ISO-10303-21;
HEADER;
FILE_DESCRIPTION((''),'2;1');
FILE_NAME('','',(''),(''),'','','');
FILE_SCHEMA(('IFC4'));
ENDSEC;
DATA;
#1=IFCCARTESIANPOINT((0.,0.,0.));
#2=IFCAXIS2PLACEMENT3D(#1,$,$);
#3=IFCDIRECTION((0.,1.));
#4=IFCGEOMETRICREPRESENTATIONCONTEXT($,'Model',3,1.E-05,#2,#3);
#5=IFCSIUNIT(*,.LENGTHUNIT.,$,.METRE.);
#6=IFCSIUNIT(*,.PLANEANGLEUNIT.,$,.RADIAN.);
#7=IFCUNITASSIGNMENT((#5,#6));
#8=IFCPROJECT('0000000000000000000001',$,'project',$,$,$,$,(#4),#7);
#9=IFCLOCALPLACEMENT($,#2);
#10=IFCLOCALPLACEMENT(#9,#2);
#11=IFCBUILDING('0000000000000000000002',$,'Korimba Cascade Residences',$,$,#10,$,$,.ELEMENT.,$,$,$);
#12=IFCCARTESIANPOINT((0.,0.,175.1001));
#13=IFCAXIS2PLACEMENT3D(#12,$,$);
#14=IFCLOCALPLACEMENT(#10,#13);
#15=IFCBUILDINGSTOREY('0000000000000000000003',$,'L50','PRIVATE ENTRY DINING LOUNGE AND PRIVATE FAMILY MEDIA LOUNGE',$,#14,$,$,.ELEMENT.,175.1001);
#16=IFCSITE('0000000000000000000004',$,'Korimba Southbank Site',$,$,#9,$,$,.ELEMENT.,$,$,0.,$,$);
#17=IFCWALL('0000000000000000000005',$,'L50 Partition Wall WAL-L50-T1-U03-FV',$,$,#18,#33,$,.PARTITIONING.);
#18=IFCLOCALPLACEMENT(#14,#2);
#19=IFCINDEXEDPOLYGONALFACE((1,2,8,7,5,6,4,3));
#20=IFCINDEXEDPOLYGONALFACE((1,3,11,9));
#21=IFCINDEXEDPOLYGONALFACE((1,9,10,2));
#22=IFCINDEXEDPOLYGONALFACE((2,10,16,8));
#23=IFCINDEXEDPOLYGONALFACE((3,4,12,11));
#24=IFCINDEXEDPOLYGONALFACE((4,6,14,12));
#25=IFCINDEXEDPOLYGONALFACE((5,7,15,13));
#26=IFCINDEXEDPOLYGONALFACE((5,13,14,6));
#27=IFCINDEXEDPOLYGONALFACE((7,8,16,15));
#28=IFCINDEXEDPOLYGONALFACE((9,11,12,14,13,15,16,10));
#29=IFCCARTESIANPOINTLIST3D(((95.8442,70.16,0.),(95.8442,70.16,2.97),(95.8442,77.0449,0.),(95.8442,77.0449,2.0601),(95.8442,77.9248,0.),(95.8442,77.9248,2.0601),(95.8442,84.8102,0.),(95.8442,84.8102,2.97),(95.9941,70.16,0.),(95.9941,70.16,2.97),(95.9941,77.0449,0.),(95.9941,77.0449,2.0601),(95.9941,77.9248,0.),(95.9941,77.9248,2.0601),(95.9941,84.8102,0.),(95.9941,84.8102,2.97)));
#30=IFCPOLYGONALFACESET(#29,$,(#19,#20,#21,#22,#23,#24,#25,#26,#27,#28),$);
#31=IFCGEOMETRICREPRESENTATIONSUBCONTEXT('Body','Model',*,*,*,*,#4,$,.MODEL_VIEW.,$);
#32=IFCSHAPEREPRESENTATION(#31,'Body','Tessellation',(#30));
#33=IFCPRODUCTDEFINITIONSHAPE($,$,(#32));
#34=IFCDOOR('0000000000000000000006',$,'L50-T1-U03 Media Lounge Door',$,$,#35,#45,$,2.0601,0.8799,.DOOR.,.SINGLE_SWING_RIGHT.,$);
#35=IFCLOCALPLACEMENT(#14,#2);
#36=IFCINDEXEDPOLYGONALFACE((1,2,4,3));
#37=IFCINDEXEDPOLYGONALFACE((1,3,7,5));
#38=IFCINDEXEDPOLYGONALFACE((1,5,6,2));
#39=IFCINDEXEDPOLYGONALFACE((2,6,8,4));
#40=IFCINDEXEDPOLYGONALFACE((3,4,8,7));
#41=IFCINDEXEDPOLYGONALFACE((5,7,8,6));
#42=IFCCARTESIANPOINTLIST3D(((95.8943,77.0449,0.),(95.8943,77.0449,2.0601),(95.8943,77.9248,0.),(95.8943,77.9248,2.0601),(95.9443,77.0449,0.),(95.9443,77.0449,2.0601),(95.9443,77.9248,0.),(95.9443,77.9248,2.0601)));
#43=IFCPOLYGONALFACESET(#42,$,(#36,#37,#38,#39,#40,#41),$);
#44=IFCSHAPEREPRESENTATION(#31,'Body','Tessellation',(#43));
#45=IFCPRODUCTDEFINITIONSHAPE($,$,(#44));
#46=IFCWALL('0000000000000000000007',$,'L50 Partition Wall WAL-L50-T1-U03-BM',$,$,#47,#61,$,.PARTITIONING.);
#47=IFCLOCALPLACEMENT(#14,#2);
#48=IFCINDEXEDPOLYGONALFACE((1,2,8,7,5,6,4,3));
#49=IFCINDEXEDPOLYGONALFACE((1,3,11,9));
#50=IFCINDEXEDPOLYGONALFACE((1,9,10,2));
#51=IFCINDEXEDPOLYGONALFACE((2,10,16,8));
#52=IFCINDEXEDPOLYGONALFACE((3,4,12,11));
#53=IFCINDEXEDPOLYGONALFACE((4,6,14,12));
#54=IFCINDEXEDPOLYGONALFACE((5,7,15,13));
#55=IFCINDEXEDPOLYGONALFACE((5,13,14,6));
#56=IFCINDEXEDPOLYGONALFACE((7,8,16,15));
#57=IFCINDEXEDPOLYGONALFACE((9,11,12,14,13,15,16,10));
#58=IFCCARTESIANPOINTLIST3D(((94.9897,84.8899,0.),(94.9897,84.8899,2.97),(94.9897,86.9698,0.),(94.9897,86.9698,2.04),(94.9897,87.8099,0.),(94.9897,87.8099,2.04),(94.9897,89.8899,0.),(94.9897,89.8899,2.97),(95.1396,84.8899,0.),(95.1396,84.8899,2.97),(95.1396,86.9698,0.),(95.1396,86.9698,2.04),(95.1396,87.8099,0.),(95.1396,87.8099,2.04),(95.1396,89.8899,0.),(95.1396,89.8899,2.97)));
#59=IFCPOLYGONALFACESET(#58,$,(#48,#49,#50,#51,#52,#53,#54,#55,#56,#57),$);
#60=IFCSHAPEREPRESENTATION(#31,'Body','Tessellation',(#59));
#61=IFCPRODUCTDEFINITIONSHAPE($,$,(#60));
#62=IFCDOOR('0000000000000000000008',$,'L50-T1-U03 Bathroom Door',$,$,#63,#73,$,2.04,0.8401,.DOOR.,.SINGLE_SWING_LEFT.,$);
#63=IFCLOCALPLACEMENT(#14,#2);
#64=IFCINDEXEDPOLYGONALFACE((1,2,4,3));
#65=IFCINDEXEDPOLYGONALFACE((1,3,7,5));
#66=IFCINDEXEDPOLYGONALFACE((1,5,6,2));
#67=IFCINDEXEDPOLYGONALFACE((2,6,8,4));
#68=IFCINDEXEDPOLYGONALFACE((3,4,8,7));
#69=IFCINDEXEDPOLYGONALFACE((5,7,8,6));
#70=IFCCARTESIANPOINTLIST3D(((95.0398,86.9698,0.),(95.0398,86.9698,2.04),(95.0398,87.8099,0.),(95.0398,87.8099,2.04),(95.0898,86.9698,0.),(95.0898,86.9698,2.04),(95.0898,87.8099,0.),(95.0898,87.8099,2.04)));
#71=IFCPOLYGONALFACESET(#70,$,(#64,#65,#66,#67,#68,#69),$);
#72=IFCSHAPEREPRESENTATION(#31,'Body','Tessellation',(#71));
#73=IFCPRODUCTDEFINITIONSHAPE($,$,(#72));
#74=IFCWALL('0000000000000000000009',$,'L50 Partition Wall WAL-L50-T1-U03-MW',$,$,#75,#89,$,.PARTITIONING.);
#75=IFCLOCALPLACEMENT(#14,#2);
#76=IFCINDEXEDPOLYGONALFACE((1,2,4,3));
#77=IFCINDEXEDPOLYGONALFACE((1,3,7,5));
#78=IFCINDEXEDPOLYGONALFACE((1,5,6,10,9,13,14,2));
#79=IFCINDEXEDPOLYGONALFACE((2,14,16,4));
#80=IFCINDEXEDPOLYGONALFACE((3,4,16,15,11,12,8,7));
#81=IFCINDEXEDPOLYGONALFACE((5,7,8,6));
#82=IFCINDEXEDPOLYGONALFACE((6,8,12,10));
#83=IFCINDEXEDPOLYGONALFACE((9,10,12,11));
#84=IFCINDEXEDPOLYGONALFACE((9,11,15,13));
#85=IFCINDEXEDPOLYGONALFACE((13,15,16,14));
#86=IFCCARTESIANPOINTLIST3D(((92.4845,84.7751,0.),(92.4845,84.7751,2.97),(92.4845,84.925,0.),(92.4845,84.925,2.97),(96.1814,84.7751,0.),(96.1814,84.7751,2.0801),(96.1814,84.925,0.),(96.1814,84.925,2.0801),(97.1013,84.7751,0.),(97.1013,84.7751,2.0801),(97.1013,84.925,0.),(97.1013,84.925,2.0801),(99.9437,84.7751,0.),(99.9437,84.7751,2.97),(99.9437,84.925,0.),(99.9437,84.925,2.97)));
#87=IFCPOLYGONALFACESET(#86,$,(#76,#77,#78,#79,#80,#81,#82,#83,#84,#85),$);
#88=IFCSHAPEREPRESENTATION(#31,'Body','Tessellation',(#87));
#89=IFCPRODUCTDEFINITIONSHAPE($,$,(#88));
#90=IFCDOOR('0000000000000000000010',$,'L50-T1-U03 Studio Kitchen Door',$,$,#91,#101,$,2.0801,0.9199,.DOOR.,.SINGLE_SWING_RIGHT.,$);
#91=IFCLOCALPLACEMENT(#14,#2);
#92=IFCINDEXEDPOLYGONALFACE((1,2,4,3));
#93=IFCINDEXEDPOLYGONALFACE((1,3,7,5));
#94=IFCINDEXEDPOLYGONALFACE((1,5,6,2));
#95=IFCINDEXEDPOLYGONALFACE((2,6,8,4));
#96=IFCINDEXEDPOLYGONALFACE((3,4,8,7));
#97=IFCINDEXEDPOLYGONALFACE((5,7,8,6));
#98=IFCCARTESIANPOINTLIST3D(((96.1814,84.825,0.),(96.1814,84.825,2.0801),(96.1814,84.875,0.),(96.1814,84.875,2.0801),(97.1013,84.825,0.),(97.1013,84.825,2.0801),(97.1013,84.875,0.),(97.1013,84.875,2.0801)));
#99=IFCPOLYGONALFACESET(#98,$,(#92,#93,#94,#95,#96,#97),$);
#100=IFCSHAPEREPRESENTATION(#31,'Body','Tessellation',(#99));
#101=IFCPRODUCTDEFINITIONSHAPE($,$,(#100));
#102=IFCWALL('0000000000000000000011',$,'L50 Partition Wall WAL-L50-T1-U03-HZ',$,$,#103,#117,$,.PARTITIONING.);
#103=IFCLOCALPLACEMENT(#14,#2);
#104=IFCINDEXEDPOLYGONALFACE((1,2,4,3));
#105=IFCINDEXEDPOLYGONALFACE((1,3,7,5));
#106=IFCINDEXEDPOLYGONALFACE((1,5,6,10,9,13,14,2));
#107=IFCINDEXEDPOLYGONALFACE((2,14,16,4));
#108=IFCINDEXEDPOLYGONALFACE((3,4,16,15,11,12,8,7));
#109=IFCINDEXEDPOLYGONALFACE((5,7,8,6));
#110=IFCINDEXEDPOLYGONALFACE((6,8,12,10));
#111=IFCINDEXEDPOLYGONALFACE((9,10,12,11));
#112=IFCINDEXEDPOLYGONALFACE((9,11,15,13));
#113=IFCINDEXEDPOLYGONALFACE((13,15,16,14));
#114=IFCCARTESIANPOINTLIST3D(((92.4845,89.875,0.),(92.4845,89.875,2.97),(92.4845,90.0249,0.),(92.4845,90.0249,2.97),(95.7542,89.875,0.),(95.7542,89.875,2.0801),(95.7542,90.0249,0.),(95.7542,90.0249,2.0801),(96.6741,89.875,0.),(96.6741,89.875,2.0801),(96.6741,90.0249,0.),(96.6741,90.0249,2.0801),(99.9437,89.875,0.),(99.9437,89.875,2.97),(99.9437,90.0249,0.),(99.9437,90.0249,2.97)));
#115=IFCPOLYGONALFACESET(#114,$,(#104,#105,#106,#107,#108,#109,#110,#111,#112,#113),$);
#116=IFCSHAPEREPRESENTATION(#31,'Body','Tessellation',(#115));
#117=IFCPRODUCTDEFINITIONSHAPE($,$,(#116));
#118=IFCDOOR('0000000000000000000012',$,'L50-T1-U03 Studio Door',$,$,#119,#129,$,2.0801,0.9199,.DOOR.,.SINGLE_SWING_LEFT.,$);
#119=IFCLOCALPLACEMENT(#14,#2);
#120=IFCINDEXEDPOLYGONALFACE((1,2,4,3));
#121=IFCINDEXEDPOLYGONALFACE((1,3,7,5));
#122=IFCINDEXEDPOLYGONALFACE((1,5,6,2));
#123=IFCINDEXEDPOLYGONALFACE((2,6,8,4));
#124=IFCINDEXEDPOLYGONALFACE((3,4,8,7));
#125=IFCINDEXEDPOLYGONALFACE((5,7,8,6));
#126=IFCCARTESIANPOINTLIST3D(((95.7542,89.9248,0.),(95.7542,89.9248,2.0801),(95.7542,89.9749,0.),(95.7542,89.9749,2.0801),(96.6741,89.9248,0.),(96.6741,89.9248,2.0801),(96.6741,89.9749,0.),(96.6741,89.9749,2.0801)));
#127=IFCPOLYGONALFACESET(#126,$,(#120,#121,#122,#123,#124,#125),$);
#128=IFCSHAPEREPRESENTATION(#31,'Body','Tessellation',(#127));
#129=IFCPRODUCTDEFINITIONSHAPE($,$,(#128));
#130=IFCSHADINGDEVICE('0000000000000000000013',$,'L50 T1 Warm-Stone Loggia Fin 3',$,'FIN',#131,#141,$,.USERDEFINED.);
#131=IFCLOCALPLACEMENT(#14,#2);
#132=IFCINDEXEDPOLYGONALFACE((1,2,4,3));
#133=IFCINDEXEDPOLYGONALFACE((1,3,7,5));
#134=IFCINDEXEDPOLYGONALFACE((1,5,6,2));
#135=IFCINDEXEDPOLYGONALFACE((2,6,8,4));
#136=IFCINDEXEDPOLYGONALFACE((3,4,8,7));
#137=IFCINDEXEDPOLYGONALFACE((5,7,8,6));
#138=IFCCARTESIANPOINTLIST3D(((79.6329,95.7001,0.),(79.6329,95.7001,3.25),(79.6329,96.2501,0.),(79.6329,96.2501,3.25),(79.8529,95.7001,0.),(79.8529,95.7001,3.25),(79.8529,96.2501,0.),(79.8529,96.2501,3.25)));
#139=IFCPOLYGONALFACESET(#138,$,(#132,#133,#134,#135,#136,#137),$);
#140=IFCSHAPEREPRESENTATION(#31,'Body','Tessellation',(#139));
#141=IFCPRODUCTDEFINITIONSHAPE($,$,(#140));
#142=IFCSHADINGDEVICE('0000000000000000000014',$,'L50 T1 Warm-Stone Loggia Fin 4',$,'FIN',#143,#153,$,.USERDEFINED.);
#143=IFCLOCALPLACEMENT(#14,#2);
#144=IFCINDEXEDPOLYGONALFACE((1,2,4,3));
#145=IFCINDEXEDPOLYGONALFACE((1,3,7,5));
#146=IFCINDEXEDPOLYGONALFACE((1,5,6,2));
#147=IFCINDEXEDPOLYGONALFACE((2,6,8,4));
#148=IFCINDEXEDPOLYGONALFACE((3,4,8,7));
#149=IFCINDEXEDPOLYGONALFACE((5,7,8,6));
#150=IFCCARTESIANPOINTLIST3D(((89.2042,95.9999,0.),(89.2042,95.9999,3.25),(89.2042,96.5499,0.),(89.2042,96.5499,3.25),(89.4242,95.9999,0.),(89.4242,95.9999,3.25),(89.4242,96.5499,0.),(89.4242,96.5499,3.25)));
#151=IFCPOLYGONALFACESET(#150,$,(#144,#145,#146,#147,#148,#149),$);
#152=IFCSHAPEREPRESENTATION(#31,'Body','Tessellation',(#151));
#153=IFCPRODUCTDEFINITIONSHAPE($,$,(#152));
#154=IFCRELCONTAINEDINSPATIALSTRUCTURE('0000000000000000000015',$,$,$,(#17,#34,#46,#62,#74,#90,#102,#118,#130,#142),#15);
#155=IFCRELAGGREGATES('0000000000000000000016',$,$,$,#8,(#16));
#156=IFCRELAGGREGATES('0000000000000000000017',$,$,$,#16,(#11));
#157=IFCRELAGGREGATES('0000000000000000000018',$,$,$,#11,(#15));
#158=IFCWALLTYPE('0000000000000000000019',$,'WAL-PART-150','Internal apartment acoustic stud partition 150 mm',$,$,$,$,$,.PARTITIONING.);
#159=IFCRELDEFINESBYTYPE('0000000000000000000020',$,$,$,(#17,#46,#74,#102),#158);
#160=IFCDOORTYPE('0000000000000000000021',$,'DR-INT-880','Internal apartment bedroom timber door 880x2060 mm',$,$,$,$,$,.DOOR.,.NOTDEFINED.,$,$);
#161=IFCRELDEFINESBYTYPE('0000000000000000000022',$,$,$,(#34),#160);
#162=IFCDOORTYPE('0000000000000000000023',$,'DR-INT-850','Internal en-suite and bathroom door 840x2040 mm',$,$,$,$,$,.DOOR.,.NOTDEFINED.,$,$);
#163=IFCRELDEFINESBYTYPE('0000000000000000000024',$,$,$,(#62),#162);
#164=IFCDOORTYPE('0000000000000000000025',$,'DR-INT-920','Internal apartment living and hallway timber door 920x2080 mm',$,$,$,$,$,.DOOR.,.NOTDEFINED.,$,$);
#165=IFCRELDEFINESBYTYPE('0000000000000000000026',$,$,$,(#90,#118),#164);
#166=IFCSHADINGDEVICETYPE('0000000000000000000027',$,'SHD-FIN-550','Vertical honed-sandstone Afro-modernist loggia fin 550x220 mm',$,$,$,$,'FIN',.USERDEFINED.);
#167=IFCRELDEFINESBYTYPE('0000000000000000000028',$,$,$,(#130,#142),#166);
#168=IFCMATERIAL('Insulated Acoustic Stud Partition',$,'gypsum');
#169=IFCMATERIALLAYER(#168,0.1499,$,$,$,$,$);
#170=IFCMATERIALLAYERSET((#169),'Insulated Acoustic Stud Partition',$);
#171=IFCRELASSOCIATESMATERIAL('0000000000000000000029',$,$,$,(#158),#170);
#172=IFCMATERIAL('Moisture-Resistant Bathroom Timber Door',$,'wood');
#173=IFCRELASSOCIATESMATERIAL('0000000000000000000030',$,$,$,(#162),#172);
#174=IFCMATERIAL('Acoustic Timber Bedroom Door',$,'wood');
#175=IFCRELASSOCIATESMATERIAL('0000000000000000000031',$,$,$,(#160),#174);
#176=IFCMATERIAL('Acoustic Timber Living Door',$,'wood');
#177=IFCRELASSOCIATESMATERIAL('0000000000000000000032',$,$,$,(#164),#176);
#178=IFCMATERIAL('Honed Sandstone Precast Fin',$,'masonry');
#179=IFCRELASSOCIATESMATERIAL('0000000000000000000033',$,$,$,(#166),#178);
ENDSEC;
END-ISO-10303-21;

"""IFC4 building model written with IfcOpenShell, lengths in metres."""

from ifc_helpers import new_model, si_unit, direction, frame, frame_2d, origin, origin_2d, place, context, subcontext, project, spatial, rectangle, extrude, material, layer, layer_set, type_object, element, fill, save


model = new_model("IFC4")

# Units and contexts
model_context = context("Model", 3, precision=1e-05, world=origin(), true_north=direction((0.0, 1.0)))
body_context = subcontext(model_context, "Body", "Model", "MODEL_VIEW")
ifc_project = project(units=[si_unit("LENGTHUNIT", "METRE"), si_unit("PLANEANGLEUNIT", "RADIAN")], contexts=[model_context])

# Site, building, storey
site_placement = place(None, origin())
site = spatial("IfcSite", under=ifc_project, at=site_placement, Name="Korimba Southbank Site", CompositionType="ELEMENT", RefElevation=0.0)
building_placement = place(site_placement, origin())
building = spatial("IfcBuilding", under=site, at=building_placement, Name="Korimba Cascade Residences", CompositionType="ELEMENT")
storey_placement = place(building_placement, frame((0.0, 0.0, 175.1001)))
storey = spatial("IfcBuildingStorey", under=building, at=storey_placement, Name="L50", Description="PRIVATE ENTRY DINING LOUNGE AND PRIVATE FAMILY MEDIA LOUNGE", CompositionType="ELEMENT", Elevation=175.1001)

# Shared definitions
ifc_material_1 = material(Name="Insulated Acoustic Stud Partition", Category="gypsum")
ifc_layer_1 = layer(ifc_material_1, 0.1499)
ifc_layer_set_1 = layer_set([ifc_layer_1], Name="Insulated Acoustic Stud Partition")
wall_type_1 = type_object("IfcWallType", Name="WAL-PART-150", Description="Internal apartment acoustic stud partition 150 mm", PredefinedType="PARTITIONING", material=ifc_layer_set_1)

# Shared definitions
ifc_material_2 = material(Name="Moisture-Resistant Bathroom Timber Door", Category="wood")
door_type_1 = type_object("IfcDoorType", Name="DR-INT-850", Description="Internal en-suite and bathroom door 840x2040 mm", OperationType="NOTDEFINED", PredefinedType="DOOR", material=ifc_material_2)
ifc_material_3 = material(Name="Acoustic Timber Bedroom Door", Category="wood")
door_type_2 = type_object("IfcDoorType", Name="DR-INT-880", Description="Internal apartment bedroom timber door 880x2060 mm", OperationType="NOTDEFINED", PredefinedType="DOOR", material=ifc_material_3)

# Walls, openings, doors
wall_1_placement = place(storey_placement, frame((95.9192, 70.1599, 0.0), z_axis=(0.0, 0.0, 1.0), x_axis=(0.0, 1.0, 0.0)))
wall_1 = element("IfcWall", 1, at=wall_1_placement, inside=storey, type_object=wall_type_1, Name="L50 Partition Wall WAL-L50-T1-U03-FV", PredefinedType="PARTITIONING", context=body_context, shape_type="SweptSolid", body=[
    extrude(rectangle(XDim=14.6501, YDim=0.1499, at=frame_2d((7.3252, 0.0))), origin(), (0.0, 0.0, 1.0), 2.97),
])
opening_1_placement = place(wall_1_placement, frame((6.885, 0.0, 0.0)))
opening_1 = element("IfcOpeningElement", 2, at=opening_1_placement, cuts=wall_1, PredefinedType="OPENING", context=body_context, shape_type="SweptSolid", body=[
    extrude(rectangle(XDim=0.8799, YDim=2.0601, at=frame_2d((0.4399, 1.03))), frame((0.0, 0.085, 0.0), z_axis=(0.0, -1.0, 0.0), x_axis=(1.0, 0.0, 0.0)), (0.0, 0.0, 1.0), 0.1699),
])
door_1_placement = place(opening_1_placement, origin())
door_1 = element("IfcDoor", 3, at=door_1_placement, inside=storey, type_object=door_type_2, Name="L50-T1-U03 Media Lounge Door", OperationType="SINGLE_SWING_RIGHT", OverallHeight=2.0601, OverallWidth=0.8799, PredefinedType="DOOR", context=body_context, shape_type="SweptSolid", body=[
    extrude(rectangle(XDim=0.8799, YDim=2.0601, at=frame_2d((0.4399, 1.03))), frame((0.0, 0.0249, 0.0), z_axis=(0.0, -1.0, 0.0), x_axis=(1.0, 0.0, 0.0)), (0.0, 0.0, 1.0), 0.05),
])
fill(opening_1, door_1)
wall_2_placement = place(storey_placement, frame((95.0647, 84.8899, 0.0), z_axis=(0.0, 0.0, 1.0), x_axis=(0.0, 1.0, 0.0)))
wall_2 = element("IfcWall", 4, at=wall_2_placement, inside=storey, type_object=wall_type_1, Name="L50 Partition Wall WAL-L50-T1-U03-BM", PredefinedType="PARTITIONING", context=body_context, shape_type="SweptSolid", body=[
    extrude(rectangle(XDim=5.0, YDim=0.1499, at=frame_2d((2.5, 0.0))), origin(), (0.0, 0.0, 1.0), 2.97),
])
opening_2_placement = place(wall_2_placement, frame((2.0801, 0.0, 0.0)))
opening_2 = element("IfcOpeningElement", 5, at=opening_2_placement, cuts=wall_2, PredefinedType="OPENING", context=body_context, shape_type="SweptSolid", body=[
    extrude(rectangle(XDim=0.8401, YDim=2.04, at=frame_2d((0.4199, 1.02))), frame((0.0, 0.085, 0.0), z_axis=(0.0, -1.0, 0.0), x_axis=(1.0, 0.0, 0.0)), (0.0, 0.0, 1.0), 0.1699),
])
door_2_placement = place(opening_2_placement, origin())
door_2 = element("IfcDoor", 6, at=door_2_placement, inside=storey, type_object=door_type_1, Name="L50-T1-U03 Bathroom Door", OperationType="SINGLE_SWING_LEFT", OverallHeight=2.04, OverallWidth=0.8401, PredefinedType="DOOR", context=body_context, shape_type="SweptSolid", body=[
    extrude(rectangle(XDim=0.8401, YDim=2.04, at=frame_2d((0.4199, 1.02))), frame((0.0, 0.0249, 0.0), z_axis=(0.0, -1.0, 0.0), x_axis=(1.0, 0.0, 0.0)), (0.0, 0.0, 1.0), 0.05),
])
fill(opening_2, door_2)
wall_3_placement = place(storey_placement, frame((92.4846, 84.8501, 0.0), z_axis=(0.0, 0.0, 1.0), x_axis=(1.0, 0.0, 0.0)))
wall_3 = element("IfcWall", 7, at=wall_3_placement, inside=storey, type_object=wall_type_1, Name="L50 Partition Wall WAL-L50-T1-U03-MW", PredefinedType="PARTITIONING", context=body_context, shape_type="SweptSolid", body=[
    extrude(rectangle(XDim=7.4592, YDim=0.1499, at=frame_2d((3.7295, 0.0))), origin(), (0.0, 0.0, 1.0), 2.97),
])
opening_3_placement = place(wall_3_placement, frame((3.6968, 0.0, 0.0)))
opening_3 = element("IfcOpeningElement", 8, at=opening_3_placement, cuts=wall_3, PredefinedType="OPENING", context=body_context, shape_type="SweptSolid", body=[
    extrude(rectangle(XDim=0.9199, YDim=2.0801, at=frame_2d((0.46, 1.04))), frame((0.0, 0.085, 0.0), z_axis=(0.0, -1.0, 0.0), x_axis=(1.0, 0.0, 0.0)), (0.0, 0.0, 1.0), 0.1699),
])
ifc_material_4 = material(Name="Acoustic Timber Living Door", Category="wood")
door_type_3 = type_object("IfcDoorType", Name="DR-INT-920", Description="Internal apartment living and hallway timber door 920x2080 mm", OperationType="NOTDEFINED", PredefinedType="DOOR", material=ifc_material_4)
door_3_placement = place(opening_3_placement, origin())
door_3 = element("IfcDoor", 9, at=door_3_placement, inside=storey, type_object=door_type_3, Name="L50-T1-U03 Studio Kitchen Door", OperationType="SINGLE_SWING_RIGHT", OverallHeight=2.0801, OverallWidth=0.9199, PredefinedType="DOOR", context=body_context, shape_type="SweptSolid", body=[
    extrude(rectangle(XDim=0.9199, YDim=2.0801, at=frame_2d((0.46, 1.04))), frame((0.0, 0.0249, 0.0), z_axis=(0.0, -1.0, 0.0), x_axis=(1.0, 0.0, 0.0)), (0.0, 0.0, 1.0), 0.05),
])
fill(opening_3, door_3)
wall_4_placement = place(storey_placement, frame((92.4846, 89.95, 0.0), z_axis=(0.0, 0.0, 1.0), x_axis=(1.0, 0.0, 0.0)))
wall_4 = element("IfcWall", 10, at=wall_4_placement, inside=storey, type_object=wall_type_1, Name="L50 Partition Wall WAL-L50-T1-U03-HZ", PredefinedType="PARTITIONING", context=body_context, shape_type="SweptSolid", body=[
    extrude(rectangle(XDim=7.4592, YDim=0.1499, at=frame_2d((3.7295, 0.0))), origin(), (0.0, 0.0, 1.0), 2.97),
])
opening_4_placement = place(wall_4_placement, frame((3.2695, 0.0, 0.0)))
opening_4 = element("IfcOpeningElement", 11, at=opening_4_placement, cuts=wall_4, PredefinedType="OPENING", context=body_context, shape_type="SweptSolid", body=[
    extrude(rectangle(XDim=0.9199, YDim=2.0801, at=frame_2d((0.46, 1.04))), frame((0.0, 0.085, 0.0), z_axis=(0.0, -1.0, 0.0), x_axis=(1.0, 0.0, 0.0)), (0.0, 0.0, 1.0), 0.1699),
])
door_4_placement = place(opening_4_placement, origin())
door_4 = element("IfcDoor", 12, at=door_4_placement, inside=storey, type_object=door_type_3, Name="L50-T1-U03 Studio Door", OperationType="SINGLE_SWING_LEFT", OverallHeight=2.0801, OverallWidth=0.9199, PredefinedType="DOOR", context=body_context, shape_type="SweptSolid", body=[
    extrude(rectangle(XDim=0.9199, YDim=2.0801, at=frame_2d((0.46, 1.04))), frame((0.0, 0.0249, 0.0), z_axis=(0.0, -1.0, 0.0), x_axis=(1.0, 0.0, 0.0)), (0.0, 0.0, 1.0), 0.05),
])
fill(opening_4, door_4)

# Shading devices
ifc_material_5 = material(Name="Honed Sandstone Precast Fin", Category="masonry")
shading_device_type = type_object("IfcShadingDeviceType", Name="SHD-FIN-550", Description="Vertical honed-sandstone Afro-modernist loggia fin 550x220 mm", ElementType="FIN", PredefinedType="USERDEFINED", material=ifc_material_5)
for number, where, z_axis, x_axis, name in (
    (13, (79.7429, 95.9751, 0.0), (0.0, 0.0, 1.0), (1.0, 0.0, 0.0), "L50 T1 Warm-Stone Loggia Fin 3"),
    (14, (89.3142, 96.2749, 0.0), (0.0, 0.0, 1.0), (1.0, 0.0, 0.0), "L50 T1 Warm-Stone Loggia Fin 4"),
):
    element("IfcShadingDevice", number, at=place(storey_placement, frame(where, z_axis=z_axis, x_axis=x_axis)), inside=storey, type_object=shading_device_type, Name=name, ObjectType="FIN", PredefinedType="USERDEFINED", context=body_context, shape_type="SweptSolid", body=[
        extrude(rectangle(XDim=0.22, YDim=0.55, at=origin_2d()), origin(), (0.0, 0.0, 1.0), 3.25),
    ])

save(model, "model.ifc")
